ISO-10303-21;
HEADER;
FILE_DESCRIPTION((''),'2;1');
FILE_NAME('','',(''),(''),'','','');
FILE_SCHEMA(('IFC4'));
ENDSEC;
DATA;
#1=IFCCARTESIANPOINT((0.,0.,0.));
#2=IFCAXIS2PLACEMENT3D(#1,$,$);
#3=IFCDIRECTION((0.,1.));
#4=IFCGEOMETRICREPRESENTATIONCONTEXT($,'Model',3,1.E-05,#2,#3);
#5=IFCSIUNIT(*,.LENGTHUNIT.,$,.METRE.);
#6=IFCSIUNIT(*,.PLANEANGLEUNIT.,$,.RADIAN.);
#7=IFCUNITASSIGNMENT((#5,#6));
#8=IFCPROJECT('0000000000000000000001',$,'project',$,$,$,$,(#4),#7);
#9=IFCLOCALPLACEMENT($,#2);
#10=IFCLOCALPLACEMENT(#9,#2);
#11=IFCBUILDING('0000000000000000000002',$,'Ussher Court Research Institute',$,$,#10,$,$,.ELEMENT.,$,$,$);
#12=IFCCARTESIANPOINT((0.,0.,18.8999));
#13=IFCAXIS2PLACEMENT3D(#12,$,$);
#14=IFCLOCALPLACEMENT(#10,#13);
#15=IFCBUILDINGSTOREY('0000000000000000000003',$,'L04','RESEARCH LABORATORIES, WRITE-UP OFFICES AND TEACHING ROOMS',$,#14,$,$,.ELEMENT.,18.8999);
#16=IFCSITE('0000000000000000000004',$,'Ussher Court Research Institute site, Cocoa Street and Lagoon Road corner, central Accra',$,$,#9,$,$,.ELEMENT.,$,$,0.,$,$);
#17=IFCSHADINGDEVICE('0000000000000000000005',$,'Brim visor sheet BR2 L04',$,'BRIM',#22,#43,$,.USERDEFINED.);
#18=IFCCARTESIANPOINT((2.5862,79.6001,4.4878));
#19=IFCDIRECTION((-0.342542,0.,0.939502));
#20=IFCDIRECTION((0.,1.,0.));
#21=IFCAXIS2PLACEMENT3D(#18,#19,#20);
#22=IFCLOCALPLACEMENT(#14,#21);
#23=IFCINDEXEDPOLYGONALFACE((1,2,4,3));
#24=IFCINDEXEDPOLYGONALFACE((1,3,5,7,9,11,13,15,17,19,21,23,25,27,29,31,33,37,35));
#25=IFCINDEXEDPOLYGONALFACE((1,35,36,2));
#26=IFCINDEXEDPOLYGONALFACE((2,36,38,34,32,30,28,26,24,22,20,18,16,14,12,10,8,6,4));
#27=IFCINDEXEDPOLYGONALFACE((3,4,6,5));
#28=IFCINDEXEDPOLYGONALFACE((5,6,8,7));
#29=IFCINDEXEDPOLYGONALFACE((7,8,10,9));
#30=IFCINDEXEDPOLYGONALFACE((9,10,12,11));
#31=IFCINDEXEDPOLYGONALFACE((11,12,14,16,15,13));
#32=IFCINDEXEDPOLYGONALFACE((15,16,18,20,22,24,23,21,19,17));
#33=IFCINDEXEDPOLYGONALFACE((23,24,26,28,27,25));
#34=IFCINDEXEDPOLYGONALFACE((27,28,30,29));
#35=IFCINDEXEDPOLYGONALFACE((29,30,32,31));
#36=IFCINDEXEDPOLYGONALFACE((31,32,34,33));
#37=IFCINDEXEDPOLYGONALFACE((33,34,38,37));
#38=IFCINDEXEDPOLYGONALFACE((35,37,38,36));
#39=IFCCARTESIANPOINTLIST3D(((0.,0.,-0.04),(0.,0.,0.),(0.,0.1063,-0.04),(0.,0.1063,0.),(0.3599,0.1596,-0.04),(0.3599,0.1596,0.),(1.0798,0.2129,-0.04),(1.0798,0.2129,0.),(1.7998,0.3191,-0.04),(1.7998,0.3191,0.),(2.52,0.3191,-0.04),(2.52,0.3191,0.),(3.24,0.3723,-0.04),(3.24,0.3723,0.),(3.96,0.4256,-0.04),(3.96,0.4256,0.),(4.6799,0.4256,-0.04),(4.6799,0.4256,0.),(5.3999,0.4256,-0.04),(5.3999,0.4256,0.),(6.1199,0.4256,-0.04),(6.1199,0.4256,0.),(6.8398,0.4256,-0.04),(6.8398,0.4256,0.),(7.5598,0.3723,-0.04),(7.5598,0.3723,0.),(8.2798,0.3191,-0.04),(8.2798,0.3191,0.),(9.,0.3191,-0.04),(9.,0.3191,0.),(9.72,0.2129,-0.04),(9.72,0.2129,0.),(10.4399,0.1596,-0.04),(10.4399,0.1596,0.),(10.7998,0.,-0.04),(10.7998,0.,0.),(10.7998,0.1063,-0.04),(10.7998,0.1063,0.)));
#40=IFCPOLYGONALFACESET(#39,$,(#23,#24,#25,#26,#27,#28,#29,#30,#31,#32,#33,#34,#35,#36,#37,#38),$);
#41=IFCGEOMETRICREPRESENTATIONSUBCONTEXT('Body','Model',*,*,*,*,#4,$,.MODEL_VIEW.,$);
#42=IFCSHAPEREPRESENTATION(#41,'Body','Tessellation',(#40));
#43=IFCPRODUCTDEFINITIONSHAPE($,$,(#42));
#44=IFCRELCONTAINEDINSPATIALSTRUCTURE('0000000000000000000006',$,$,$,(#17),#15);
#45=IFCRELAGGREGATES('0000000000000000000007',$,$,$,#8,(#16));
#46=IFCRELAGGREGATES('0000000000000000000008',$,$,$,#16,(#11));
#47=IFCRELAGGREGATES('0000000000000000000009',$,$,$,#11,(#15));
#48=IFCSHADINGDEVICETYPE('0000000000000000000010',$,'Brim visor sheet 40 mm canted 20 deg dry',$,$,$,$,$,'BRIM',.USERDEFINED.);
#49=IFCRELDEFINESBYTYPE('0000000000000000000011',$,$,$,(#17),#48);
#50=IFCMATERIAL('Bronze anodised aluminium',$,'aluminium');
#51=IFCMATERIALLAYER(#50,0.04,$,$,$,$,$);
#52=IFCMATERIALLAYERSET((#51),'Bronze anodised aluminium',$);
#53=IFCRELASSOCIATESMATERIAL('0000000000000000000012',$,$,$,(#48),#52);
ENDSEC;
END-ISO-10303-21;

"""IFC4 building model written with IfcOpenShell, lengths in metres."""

from ifc_helpers import new_model, si_unit, direction, frame, origin, place, context, subcontext, project, spatial, polyline, outline, extrude, material, layer, layer_set, type_object, element, save


model = new_model("IFC4")

# Units and contexts
model_context = context("Model", 3, precision=1e-05, world=origin(), true_north=direction((0.0, 1.0)))
body_context = subcontext(model_context, "Body", "Model", "MODEL_VIEW")
ifc_project = project(units=[si_unit("LENGTHUNIT", "METRE"), si_unit("PLANEANGLEUNIT", "RADIAN")], contexts=[model_context])

# Site, building, storey
site_placement = place(None, origin())
site = spatial("IfcSite", under=ifc_project, at=site_placement, Name="Ussher Court Research Institute site, Cocoa Street and Lagoon Road corner, central Accra", CompositionType="ELEMENT", RefElevation=0.0)
building_placement = place(site_placement, origin())
building = spatial("IfcBuilding", under=site, at=building_placement, Name="Ussher Court Research Institute", CompositionType="ELEMENT")
storey_placement = place(building_placement, frame((0.0, 0.0, 18.8999)))
storey = spatial("IfcBuildingStorey", under=building, at=storey_placement, Name="L04", Description="RESEARCH LABORATORIES, WRITE-UP OFFICES AND TEACHING ROOMS", CompositionType="ELEMENT", Elevation=18.8999)

# Shading device
ifc_material_1 = material(Name="Bronze anodised aluminium", Category="aluminium")
ifc_layer_1 = layer(ifc_material_1, 0.04)
ifc_layer_set_1 = layer_set([ifc_layer_1], Name="Bronze anodised aluminium")
shading_device_type_1 = type_object("IfcShadingDeviceType", Name="Brim visor sheet 40 mm canted 20 deg dry", ElementType="BRIM", PredefinedType="USERDEFINED", material=ifc_layer_set_1)
shading_device_placement = place(storey_placement, frame((2.5862, 79.6001, 4.4878), z_axis=(-0.342542, 0.0, 0.939502), x_axis=(0.0, 1.0, 0.0)))
element("IfcShadingDevice", 1, at=shading_device_placement, inside=storey, type_object=shading_device_type_1, Name="Brim visor sheet BR2 L04", ObjectType="BRIM", PredefinedType="USERDEFINED", context=body_context, shape_type="SweptSolid", body=[
    extrude(outline(polyline([(0.0, 0.0), (10.7998, 0.0), (10.7998, 0.1063), (10.4399, 0.1596), (9.72, 0.2129), (9.0, 0.3191), (8.2798, 0.3191), (7.5598, 0.3723), (6.8398, 0.4256), (6.1199, 0.4256), (5.3999, 0.4256), (4.6799, 0.4256), (3.96, 0.4256), (3.24, 0.3723), (2.52, 0.3191), (1.7998, 0.3191), (1.0798, 0.2129), (0.3599, 0.1596), (0.0, 0.1063), (0.0, 0.0)])), origin(), (0.0, 0.0, -1.0), 0.04),
])

save(model, "model.ifc")
